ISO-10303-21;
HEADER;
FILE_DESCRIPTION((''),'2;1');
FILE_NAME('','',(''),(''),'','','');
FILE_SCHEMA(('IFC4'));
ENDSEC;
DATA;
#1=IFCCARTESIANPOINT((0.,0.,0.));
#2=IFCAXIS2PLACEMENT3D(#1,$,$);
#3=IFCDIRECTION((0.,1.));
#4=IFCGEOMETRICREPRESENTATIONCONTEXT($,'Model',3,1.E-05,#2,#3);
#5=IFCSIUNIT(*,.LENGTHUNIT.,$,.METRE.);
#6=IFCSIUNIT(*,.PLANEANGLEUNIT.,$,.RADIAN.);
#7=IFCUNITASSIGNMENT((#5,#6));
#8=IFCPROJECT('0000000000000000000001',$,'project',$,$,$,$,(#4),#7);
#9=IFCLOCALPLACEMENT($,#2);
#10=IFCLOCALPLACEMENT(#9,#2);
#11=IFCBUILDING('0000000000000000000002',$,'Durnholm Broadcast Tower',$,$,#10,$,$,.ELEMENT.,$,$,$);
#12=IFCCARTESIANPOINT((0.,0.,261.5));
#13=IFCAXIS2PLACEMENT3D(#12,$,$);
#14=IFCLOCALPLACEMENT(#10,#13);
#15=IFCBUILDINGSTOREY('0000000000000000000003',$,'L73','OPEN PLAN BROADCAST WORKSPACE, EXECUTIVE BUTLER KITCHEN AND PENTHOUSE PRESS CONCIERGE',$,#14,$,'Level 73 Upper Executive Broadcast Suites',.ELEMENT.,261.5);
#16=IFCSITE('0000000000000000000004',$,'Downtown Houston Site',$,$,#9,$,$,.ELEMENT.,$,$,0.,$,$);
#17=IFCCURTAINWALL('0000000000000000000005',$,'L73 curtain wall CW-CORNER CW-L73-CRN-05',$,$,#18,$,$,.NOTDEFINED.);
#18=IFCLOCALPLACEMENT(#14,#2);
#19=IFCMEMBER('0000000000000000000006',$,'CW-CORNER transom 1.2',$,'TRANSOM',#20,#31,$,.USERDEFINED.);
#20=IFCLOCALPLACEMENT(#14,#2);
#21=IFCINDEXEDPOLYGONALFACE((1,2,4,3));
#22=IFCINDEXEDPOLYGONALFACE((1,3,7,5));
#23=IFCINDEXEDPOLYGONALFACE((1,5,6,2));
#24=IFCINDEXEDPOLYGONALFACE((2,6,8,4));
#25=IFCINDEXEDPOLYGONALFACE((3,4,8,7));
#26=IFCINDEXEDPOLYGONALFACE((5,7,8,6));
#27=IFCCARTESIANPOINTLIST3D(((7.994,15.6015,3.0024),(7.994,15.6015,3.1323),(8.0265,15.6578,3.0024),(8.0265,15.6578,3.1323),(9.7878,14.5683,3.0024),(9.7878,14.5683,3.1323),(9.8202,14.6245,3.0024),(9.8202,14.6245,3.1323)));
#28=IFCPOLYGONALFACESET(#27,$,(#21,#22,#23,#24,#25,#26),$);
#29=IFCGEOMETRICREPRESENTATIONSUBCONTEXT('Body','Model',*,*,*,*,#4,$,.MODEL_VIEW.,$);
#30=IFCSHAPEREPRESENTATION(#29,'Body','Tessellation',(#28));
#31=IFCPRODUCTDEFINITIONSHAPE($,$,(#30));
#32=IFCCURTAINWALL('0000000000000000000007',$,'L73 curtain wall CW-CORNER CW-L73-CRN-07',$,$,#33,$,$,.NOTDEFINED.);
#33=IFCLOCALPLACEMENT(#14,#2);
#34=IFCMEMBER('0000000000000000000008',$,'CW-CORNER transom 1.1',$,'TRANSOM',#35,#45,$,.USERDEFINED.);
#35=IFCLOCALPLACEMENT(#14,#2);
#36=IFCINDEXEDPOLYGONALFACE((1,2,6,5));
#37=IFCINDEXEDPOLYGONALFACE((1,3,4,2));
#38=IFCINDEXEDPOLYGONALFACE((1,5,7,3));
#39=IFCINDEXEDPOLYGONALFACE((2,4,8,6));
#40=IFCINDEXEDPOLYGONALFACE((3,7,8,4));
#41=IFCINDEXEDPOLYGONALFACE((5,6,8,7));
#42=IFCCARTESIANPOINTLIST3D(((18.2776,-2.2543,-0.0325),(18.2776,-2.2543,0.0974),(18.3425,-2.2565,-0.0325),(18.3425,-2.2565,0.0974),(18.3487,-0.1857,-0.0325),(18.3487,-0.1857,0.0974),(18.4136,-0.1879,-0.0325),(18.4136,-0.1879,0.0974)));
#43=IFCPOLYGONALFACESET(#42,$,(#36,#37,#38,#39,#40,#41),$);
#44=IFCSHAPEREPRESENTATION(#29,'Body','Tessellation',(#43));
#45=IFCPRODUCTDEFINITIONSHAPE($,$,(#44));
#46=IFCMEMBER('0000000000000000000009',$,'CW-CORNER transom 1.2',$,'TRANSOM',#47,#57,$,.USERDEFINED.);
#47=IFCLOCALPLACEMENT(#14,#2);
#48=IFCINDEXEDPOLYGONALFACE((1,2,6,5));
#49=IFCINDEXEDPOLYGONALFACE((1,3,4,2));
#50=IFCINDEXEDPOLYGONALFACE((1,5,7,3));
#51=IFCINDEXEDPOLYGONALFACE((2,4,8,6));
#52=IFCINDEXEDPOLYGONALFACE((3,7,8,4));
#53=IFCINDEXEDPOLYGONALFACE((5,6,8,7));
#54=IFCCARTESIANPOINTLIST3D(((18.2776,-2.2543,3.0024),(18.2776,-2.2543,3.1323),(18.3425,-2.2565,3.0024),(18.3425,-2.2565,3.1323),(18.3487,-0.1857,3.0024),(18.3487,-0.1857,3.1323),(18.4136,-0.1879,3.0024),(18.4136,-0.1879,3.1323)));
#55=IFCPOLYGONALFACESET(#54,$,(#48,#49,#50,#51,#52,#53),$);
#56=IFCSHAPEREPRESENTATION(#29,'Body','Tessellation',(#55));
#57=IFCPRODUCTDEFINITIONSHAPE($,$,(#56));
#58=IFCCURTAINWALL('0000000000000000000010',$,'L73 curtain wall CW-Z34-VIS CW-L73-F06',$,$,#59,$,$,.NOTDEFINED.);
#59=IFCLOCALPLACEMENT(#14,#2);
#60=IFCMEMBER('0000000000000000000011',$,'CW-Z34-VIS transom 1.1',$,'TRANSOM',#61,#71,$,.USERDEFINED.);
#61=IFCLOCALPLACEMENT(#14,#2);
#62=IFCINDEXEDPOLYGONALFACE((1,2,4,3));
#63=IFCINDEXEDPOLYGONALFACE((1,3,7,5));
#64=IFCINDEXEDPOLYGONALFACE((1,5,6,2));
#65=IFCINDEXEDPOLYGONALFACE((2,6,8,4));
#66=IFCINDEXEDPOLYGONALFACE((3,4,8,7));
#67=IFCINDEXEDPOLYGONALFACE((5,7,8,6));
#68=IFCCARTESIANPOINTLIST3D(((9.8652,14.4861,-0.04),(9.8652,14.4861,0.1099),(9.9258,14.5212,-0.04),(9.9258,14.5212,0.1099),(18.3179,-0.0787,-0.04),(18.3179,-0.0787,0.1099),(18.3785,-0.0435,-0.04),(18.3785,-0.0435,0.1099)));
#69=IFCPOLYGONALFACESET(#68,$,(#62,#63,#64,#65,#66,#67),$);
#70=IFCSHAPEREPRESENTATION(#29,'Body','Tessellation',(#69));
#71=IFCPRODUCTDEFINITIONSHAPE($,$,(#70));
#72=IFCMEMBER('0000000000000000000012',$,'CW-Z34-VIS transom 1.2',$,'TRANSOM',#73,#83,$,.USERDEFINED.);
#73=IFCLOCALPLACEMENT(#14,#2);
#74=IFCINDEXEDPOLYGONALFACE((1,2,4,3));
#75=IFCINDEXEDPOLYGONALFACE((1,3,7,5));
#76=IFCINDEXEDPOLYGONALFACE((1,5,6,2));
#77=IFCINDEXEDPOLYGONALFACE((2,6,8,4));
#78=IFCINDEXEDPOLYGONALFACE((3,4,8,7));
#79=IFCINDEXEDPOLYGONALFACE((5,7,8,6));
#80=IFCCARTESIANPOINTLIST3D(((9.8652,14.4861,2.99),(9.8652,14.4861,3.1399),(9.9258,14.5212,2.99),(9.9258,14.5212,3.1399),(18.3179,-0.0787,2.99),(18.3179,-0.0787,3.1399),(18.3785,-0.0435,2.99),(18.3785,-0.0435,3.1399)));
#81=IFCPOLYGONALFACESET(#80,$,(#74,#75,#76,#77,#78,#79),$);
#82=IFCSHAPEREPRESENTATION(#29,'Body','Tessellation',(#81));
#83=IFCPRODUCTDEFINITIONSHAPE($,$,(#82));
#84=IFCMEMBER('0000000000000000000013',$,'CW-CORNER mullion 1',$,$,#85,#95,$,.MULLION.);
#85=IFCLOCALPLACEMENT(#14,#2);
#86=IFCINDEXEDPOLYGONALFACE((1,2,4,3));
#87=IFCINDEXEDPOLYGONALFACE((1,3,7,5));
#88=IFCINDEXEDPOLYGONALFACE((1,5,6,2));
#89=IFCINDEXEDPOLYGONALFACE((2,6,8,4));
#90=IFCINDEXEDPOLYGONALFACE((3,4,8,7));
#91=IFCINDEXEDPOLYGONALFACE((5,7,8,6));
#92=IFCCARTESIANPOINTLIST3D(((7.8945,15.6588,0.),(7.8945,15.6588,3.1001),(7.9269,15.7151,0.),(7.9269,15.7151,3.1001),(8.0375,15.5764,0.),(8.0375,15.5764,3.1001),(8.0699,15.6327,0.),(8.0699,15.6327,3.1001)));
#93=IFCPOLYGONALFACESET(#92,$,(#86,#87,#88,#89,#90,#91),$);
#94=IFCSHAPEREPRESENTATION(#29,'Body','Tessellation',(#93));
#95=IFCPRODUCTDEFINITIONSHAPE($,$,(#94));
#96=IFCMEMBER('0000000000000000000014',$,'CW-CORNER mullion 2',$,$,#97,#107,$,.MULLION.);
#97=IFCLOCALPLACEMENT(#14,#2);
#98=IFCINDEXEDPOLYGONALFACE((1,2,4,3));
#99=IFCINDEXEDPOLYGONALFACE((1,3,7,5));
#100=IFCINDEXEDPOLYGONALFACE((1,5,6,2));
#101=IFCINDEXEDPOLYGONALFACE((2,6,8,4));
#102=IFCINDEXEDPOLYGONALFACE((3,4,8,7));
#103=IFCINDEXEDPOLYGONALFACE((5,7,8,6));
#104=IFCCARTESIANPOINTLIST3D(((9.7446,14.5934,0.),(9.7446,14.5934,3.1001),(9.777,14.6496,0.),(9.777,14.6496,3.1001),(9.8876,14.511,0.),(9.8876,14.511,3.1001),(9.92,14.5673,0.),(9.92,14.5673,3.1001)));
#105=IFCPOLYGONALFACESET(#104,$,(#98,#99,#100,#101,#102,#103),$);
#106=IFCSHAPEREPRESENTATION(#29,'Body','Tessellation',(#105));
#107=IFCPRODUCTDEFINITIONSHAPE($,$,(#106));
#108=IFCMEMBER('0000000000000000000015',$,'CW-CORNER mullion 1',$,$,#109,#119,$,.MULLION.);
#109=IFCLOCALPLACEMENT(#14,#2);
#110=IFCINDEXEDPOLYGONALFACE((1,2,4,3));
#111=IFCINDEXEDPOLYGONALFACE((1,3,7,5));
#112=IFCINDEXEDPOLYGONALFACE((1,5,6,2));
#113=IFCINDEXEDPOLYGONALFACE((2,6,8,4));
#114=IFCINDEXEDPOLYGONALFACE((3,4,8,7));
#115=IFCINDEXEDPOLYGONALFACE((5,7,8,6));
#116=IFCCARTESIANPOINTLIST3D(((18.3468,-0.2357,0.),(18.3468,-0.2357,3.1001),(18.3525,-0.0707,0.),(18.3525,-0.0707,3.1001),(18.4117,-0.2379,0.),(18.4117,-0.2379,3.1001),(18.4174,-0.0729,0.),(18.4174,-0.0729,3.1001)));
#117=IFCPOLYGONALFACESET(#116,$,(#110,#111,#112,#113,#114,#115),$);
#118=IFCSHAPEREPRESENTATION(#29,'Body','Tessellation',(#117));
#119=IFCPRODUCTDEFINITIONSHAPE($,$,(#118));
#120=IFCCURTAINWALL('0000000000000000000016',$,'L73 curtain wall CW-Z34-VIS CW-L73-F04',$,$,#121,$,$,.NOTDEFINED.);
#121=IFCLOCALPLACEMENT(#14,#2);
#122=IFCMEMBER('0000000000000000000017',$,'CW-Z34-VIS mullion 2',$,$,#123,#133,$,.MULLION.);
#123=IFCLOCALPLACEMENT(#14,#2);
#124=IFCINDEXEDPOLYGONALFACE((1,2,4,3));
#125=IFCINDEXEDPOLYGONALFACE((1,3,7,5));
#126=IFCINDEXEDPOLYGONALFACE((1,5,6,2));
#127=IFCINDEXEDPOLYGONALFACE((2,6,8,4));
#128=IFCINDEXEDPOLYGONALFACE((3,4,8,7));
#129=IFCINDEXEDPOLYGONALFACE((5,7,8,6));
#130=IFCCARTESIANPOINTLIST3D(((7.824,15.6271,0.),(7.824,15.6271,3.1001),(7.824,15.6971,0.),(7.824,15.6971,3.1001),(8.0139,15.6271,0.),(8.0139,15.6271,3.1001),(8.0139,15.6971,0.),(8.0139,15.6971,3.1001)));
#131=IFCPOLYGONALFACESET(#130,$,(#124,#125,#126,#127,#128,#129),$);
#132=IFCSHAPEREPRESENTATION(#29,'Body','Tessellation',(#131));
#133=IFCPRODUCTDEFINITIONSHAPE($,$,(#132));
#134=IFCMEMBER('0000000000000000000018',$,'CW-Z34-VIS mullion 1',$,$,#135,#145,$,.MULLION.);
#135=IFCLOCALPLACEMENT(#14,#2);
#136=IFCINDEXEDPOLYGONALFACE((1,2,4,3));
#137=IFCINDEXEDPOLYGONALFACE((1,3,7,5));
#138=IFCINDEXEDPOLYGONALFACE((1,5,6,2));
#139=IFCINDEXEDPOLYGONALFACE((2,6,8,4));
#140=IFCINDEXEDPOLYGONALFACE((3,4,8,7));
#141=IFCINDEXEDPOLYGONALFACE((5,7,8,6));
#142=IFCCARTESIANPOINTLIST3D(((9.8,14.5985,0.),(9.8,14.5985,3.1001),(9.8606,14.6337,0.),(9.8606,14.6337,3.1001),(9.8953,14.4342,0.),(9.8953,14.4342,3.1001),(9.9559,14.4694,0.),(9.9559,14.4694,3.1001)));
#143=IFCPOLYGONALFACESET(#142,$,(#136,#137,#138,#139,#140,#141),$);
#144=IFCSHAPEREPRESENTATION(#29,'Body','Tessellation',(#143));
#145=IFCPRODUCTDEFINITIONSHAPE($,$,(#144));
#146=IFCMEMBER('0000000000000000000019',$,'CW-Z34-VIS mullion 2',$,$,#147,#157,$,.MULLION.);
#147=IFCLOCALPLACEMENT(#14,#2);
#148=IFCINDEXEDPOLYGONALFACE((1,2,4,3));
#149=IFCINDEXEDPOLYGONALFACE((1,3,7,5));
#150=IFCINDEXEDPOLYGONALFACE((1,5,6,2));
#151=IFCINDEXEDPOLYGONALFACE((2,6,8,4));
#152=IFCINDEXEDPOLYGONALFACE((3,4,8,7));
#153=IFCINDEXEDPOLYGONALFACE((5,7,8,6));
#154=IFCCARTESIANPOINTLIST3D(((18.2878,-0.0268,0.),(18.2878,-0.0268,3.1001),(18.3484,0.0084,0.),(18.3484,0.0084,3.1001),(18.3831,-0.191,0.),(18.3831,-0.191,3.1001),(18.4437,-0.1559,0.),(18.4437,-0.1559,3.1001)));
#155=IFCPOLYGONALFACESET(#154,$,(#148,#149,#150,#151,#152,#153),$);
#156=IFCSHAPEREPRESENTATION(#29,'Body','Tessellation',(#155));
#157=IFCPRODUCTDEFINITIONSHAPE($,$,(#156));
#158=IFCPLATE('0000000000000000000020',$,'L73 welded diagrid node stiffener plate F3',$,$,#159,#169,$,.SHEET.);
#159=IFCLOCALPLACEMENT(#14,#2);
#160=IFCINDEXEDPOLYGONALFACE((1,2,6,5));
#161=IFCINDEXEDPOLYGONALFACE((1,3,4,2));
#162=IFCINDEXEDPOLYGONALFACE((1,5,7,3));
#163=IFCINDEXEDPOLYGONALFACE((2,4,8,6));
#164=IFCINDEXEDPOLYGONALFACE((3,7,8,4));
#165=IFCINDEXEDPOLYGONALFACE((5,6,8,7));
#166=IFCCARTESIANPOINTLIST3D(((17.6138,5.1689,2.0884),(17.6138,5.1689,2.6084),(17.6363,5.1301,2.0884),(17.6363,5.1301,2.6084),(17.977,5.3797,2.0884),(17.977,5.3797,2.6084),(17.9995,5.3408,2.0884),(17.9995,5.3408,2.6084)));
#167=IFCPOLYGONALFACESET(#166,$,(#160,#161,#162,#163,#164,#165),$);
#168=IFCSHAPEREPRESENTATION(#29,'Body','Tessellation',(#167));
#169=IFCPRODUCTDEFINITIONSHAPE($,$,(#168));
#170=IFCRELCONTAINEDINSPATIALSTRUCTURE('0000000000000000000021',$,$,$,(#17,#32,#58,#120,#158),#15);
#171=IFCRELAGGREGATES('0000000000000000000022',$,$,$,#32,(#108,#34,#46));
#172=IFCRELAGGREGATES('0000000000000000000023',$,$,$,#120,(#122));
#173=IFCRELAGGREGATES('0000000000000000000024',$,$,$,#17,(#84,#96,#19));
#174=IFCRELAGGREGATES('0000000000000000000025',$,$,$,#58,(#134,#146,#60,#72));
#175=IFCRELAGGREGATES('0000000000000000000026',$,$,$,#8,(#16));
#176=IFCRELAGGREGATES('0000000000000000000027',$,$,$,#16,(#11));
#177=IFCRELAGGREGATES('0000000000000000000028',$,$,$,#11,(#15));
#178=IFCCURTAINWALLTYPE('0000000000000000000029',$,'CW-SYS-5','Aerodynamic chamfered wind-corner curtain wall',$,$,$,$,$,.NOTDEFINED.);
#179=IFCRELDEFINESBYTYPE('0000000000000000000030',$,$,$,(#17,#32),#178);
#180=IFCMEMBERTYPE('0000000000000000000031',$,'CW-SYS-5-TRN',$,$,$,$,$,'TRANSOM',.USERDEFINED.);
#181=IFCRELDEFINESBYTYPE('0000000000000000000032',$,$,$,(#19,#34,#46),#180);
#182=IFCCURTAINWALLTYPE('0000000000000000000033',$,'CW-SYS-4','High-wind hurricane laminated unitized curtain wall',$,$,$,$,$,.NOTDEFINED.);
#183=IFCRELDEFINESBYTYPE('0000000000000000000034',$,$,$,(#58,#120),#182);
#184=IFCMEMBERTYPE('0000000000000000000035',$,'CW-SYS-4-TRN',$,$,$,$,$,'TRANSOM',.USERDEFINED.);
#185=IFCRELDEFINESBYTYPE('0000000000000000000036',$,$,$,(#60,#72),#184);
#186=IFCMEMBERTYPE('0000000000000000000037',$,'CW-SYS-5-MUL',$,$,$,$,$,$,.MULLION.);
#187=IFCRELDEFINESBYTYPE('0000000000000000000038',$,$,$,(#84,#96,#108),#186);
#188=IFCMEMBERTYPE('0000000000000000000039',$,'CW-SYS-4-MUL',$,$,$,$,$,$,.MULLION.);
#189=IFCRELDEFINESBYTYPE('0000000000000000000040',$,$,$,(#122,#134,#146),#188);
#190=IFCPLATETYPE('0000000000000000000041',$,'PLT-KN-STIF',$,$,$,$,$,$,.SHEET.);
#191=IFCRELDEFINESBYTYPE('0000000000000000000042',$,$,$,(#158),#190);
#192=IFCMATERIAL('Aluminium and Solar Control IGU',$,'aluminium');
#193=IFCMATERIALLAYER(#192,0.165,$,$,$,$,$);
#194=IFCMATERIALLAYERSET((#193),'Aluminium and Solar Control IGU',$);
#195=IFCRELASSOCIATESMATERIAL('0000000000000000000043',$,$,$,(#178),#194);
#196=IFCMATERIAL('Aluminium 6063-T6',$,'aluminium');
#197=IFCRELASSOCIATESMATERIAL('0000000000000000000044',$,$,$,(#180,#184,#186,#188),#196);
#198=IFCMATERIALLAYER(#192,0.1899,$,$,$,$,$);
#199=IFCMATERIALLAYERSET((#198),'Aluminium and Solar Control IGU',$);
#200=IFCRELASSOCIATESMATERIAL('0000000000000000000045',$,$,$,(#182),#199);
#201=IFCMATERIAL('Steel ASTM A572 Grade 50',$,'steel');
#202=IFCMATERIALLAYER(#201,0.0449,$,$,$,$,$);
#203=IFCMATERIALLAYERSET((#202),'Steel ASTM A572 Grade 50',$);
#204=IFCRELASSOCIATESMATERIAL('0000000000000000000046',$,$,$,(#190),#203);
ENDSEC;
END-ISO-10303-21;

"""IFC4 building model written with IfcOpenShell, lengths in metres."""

from ifc_helpers import new_model, si_unit, direction, frame, origin, origin_2d, place, context, subcontext, project, spatial, rectangle, extrude, source, transform, mapped, material, layer, layer_set, material_profile, profile_set, type_object, type_shapes, element, aggregate, save


model = new_model("IFC4")

# Units and contexts
model_context = context("Model", 3, precision=1e-05, world=origin(), true_north=direction((0.0, 1.0)))
body_context = subcontext(model_context, "Body", "Model", "MODEL_VIEW")
ifc_project = project(units=[si_unit("LENGTHUNIT", "METRE"), si_unit("PLANEANGLEUNIT", "RADIAN")], contexts=[model_context])

# Site, building, storey
site_placement = place(None, origin())
site = spatial("IfcSite", under=ifc_project, at=site_placement, Name="Downtown Houston Site", CompositionType="ELEMENT", RefElevation=0.0)
building_placement = place(site_placement, origin())
building = spatial("IfcBuilding", under=site, at=building_placement, Name="Durnholm Broadcast Tower", CompositionType="ELEMENT")
storey_placement = place(building_placement, frame((0.0, 0.0, 261.5)))
storey = spatial("IfcBuildingStorey", under=building, at=storey_placement, Name="L73", Description="OPEN PLAN BROADCAST WORKSPACE, EXECUTIVE BUTLER KITCHEN AND PENTHOUSE PRESS CONCIERGE", LongName="Level 73 Upper Executive Broadcast Suites", CompositionType="ELEMENT", Elevation=261.5)

# Curtain walls, members
ifc_material_1 = material(Name="Aluminium and Solar Control IGU", Category="aluminium")
ifc_layer_1 = layer(ifc_material_1, 0.165)
ifc_layer_set_1 = layer_set([ifc_layer_1], Name="Aluminium and Solar Control IGU")
curtain_wall_type_1 = type_object("IfcCurtainWallType", Name="CW-SYS-5", Description="Aerodynamic chamfered wind-corner curtain wall", PredefinedType="NOTDEFINED", material=ifc_layer_set_1)
curtain_wall_1_placement = place(storey_placement, origin())
curtain_wall_1 = element("IfcCurtainWall", 1, at=curtain_wall_1_placement, inside=storey, type_object=curtain_wall_type_1, Name="L73 curtain wall CW-CORNER CW-L73-CRN-05", PredefinedType="NOTDEFINED")
ifc_material_2 = material(Name="Aluminium 6063-T6", Category="aluminium")
ifc_material_profile_1 = material_profile(ifc_material_2, rectangle(XDim=0.0649, YDim=0.1299, at=origin_2d()), Name="CWT65X130")
ifc_profile_set_1 = profile_set([ifc_material_profile_1], Name="Aluminium 6063-T6")
member_type_1 = type_object("IfcMemberType", Name="CW-SYS-5-TRN", ElementType="TRANSOM", PredefinedType="USERDEFINED", material=ifc_profile_set_1)
shared_shape_1 = source(origin(), body_context, "Body", "SweptSolid", [
    extrude(rectangle(XDim=0.0649, YDim=0.1299, at=origin_2d()), origin(), (0.0, 0.0, 1.0), 2.0701),
])
member_1_placement = place(storey_placement, frame((8.0103, 15.6296, 3.0674), z_axis=(0.866525, -0.499134, 0.0), x_axis=(0.499134, 0.866525, 0.0)))
member_1 = element("IfcMember", 2, at=member_1_placement, type_object=member_type_1, Name="CW-CORNER transom 1.2", ObjectType="TRANSOM", PredefinedType="USERDEFINED", context=body_context, shape_type="MappedRepresentation", body=[
    mapped(shared_shape_1, transform((0.0, 0.0, 0.0), x_axis=(1.0, 0.0, 0.0), y_axis=(0.0, 1.0, 0.0), z_axis=(0.0, 0.0, 1.0), scale=1.0)),
])
curtain_wall_2_placement = place(storey_placement, origin())
curtain_wall_2 = element("IfcCurtainWall", 3, at=curtain_wall_2_placement, inside=storey, type_object=curtain_wall_type_1, Name="L73 curtain wall CW-CORNER CW-L73-CRN-07", PredefinedType="NOTDEFINED")
shared_shape_2 = source(origin(), body_context, "Body", "SweptSolid", [
    extrude(rectangle(XDim=0.0649, YDim=0.1299, at=origin_2d()), origin(), (0.0, 0.0, 1.0), 2.0698),
])
type_shapes(member_type_1, [shared_shape_1, shared_shape_2])
member_2_placement = place(storey_placement, frame((18.3811, -0.1868, 0.0325), z_axis=(-0.034324, -0.999411, 0.0), x_axis=(0.999411, -0.034324, 0.0)))
member_2 = element("IfcMember", 4, at=member_2_placement, type_object=member_type_1, Name="CW-CORNER transom 1.1", ObjectType="TRANSOM", PredefinedType="USERDEFINED", context=body_context, shape_type="MappedRepresentation", body=[
    mapped(shared_shape_2, transform((0.0, 0.0, 0.0), x_axis=(1.0, 0.0, 0.0), y_axis=(0.0, 1.0, 0.0), z_axis=(0.0, 0.0, 1.0), scale=1.0)),
])
member_3_placement = place(storey_placement, frame((18.3811, -0.1868, 3.0674), z_axis=(-0.034324, -0.999411, 0.0), x_axis=(0.999411, -0.034324, 0.0)))
member_3 = element("IfcMember", 5, at=member_3_placement, type_object=member_type_1, Name="CW-CORNER transom 1.2", ObjectType="TRANSOM", PredefinedType="USERDEFINED", context=body_context, shape_type="MappedRepresentation", body=[
    mapped(shared_shape_2, transform((0.0, 0.0, 0.0), x_axis=(1.0, 0.0, 0.0), y_axis=(0.0, 1.0, 0.0), z_axis=(0.0, 0.0, 1.0), scale=1.0)),
])
ifc_layer_2 = layer(ifc_material_1, 0.1899)
ifc_layer_set_2 = layer_set([ifc_layer_2], Name="Aluminium and Solar Control IGU")
curtain_wall_type_2 = type_object("IfcCurtainWallType", Name="CW-SYS-4", Description="High-wind hurricane laminated unitized curtain wall", PredefinedType="NOTDEFINED", material=ifc_layer_set_2)
curtain_wall_3_placement = place(storey_placement, origin())
curtain_wall_3 = element("IfcCurtainWall", 6, at=curtain_wall_3_placement, inside=storey, type_object=curtain_wall_type_2, Name="L73 curtain wall CW-Z34-VIS CW-L73-F06", PredefinedType="NOTDEFINED")
ifc_material_profile_2 = material_profile(ifc_material_2, rectangle(XDim=0.0701, YDim=0.1499, at=origin_2d()), Name="CWT70X150")
ifc_profile_set_2 = profile_set([ifc_material_profile_2], Name="Aluminium 6063-T6")
member_type_2 = type_object("IfcMemberType", Name="CW-SYS-4-TRN", ElementType="TRANSOM", PredefinedType="USERDEFINED", material=ifc_profile_set_2)
shared_shape_3 = source(origin(), body_context, "Body", "SweptSolid", [
    extrude(rectangle(XDim=0.0701, YDim=0.1499, at=origin_2d()), origin(), (0.0, 0.0, 1.0), 16.8398),
])
type_shapes(member_type_2, [shared_shape_3])
member_4_placement = place(storey_placement, frame((9.8955, 14.5037, 0.0349), z_axis=(0.501945, -0.864899, 0.0), x_axis=(0.864899, 0.501945, 0.0)))
member_4 = element("IfcMember", 7, at=member_4_placement, type_object=member_type_2, Name="CW-Z34-VIS transom 1.1", ObjectType="TRANSOM", PredefinedType="USERDEFINED", context=body_context, shape_type="MappedRepresentation", body=[
    mapped(shared_shape_3, transform((0.0, 0.0, 0.0), x_axis=(1.0, 0.0, 0.0), y_axis=(0.0, 1.0, 0.0), z_axis=(0.0, 0.0, 1.0), scale=1.0)),
])
member_5_placement = place(storey_placement, frame((9.8955, 14.5037, 3.0649), z_axis=(0.501945, -0.864899, 0.0), x_axis=(0.864899, 0.501945, 0.0)))
member_5 = element("IfcMember", 8, at=member_5_placement, type_object=member_type_2, Name="CW-Z34-VIS transom 1.2", ObjectType="TRANSOM", PredefinedType="USERDEFINED", context=body_context, shape_type="MappedRepresentation", body=[
    mapped(shared_shape_3, transform((0.0, 0.0, 0.0), x_axis=(1.0, 0.0, 0.0), y_axis=(0.0, 1.0, 0.0), z_axis=(0.0, 0.0, 1.0), scale=1.0)),
])

# Members
ifc_material_profile_3 = material_profile(ifc_material_2, rectangle(XDim=0.0649, YDim=0.165, at=origin_2d()), Name="CWM65X165")
ifc_profile_set_3 = profile_set([ifc_material_profile_3], Name="Aluminium 6063-T6")
member_type_3 = type_object("IfcMemberType", Name="CW-SYS-5-MUL", PredefinedType="MULLION", material=ifc_profile_set_3)
shared_shape_4 = source(origin(), body_context, "Body", "SweptSolid", [
    extrude(rectangle(XDim=0.0649, YDim=0.165, at=origin_2d()), origin(), (0.0, 0.0, 1.0), 3.1001),
])
type_shapes(member_type_3, [shared_shape_4])
member_6_placement = place(storey_placement, frame((7.9822, 15.6458, 0.0), z_axis=(0.0, 0.0, 1.0), x_axis=(0.499059, 0.866568, 0.0)))
member_6 = element("IfcMember", 9, at=member_6_placement, type_object=member_type_3, Name="CW-CORNER mullion 1", PredefinedType="MULLION", context=body_context, shape_type="MappedRepresentation", body=[
    mapped(shared_shape_4, transform((0.0, 0.0, 0.0), x_axis=(1.0, 0.0, 0.0), y_axis=(0.0, 1.0, 0.0), z_axis=(0.0, 0.0, 1.0), scale=1.0)),
])
member_7_placement = place(storey_placement, frame((9.8323, 14.5803, 0.0), z_axis=(0.0, 0.0, 1.0), x_axis=(0.499059, 0.866568, 0.0)))
member_7 = element("IfcMember", 10, at=member_7_placement, type_object=member_type_3, Name="CW-CORNER mullion 2", PredefinedType="MULLION", context=body_context, shape_type="MappedRepresentation", body=[
    mapped(shared_shape_4, transform((0.0, 0.0, 0.0), x_axis=(1.0, 0.0, 0.0), y_axis=(0.0, 1.0, 0.0), z_axis=(0.0, 0.0, 1.0), scale=1.0)),
])
member_8_placement = place(storey_placement, frame((18.3821, -0.1543, 0.0), z_axis=(0.0, 0.0, 1.0), x_axis=(0.999411, -0.034318, 0.0)))
member_8 = element("IfcMember", 11, at=member_8_placement, type_object=member_type_3, Name="CW-CORNER mullion 1", PredefinedType="MULLION", context=body_context, shape_type="MappedRepresentation", body=[
    mapped(shared_shape_4, transform((0.0, 0.0, 0.0), x_axis=(1.0, 0.0, 0.0), y_axis=(0.0, 1.0, 0.0), z_axis=(0.0, 0.0, 1.0), scale=1.0)),
])
aggregate(curtain_wall_2, [member_8, member_2, member_3])

# Curtain wall, member
curtain_wall_4_placement = place(storey_placement, origin())
curtain_wall_4 = element("IfcCurtainWall", 12, at=curtain_wall_4_placement, inside=storey, type_object=curtain_wall_type_2, Name="L73 curtain wall CW-Z34-VIS CW-L73-F04", PredefinedType="NOTDEFINED")
ifc_material_profile_4 = material_profile(ifc_material_2, rectangle(XDim=0.0701, YDim=0.1899, at=origin_2d()), Name="CWM70X190")
ifc_profile_set_4 = profile_set([ifc_material_profile_4], Name="Aluminium 6063-T6")
member_type_4 = type_object("IfcMemberType", Name="CW-SYS-4-MUL", PredefinedType="MULLION", material=ifc_profile_set_4)
shared_shape_5 = source(origin(), body_context, "Body", "SweptSolid", [
    extrude(rectangle(XDim=0.0701, YDim=0.1899, at=origin_2d()), origin(), (0.0, 0.0, 1.0), 3.1001),
])
type_shapes(member_type_4, [shared_shape_5])
member_9_placement = place(storey_placement, frame((7.9189, 15.6621, 0.0), z_axis=(0.0, 0.0, 1.0), x_axis=(0.0, 1.0, 0.0)))
member_9 = element("IfcMember", 13, at=member_9_placement, type_object=member_type_4, Name="CW-Z34-VIS mullion 2", PredefinedType="MULLION", context=body_context, shape_type="MappedRepresentation", body=[
    mapped(shared_shape_5, transform((0.0, 0.0, 0.0), x_axis=(1.0, 0.0, 0.0), y_axis=(0.0, 1.0, 0.0), z_axis=(0.0, 0.0, 1.0), scale=1.0)),
])
aggregate(curtain_wall_4, [member_9])

# Members
member_10_placement = place(storey_placement, frame((9.8779, 14.5339, 0.0), z_axis=(0.0, 0.0, 1.0), x_axis=(0.8649, 0.501944, 0.0)))
member_10 = element("IfcMember", 14, at=member_10_placement, type_object=member_type_4, Name="CW-Z34-VIS mullion 1", PredefinedType="MULLION", context=body_context, shape_type="MappedRepresentation", body=[
    mapped(shared_shape_5, transform((0.0, 0.0, 0.0), x_axis=(1.0, 0.0, 0.0), y_axis=(0.0, 1.0, 0.0), z_axis=(0.0, 0.0, 1.0), scale=1.0)),
])
member_11_placement = place(storey_placement, frame((18.3657, -0.0913, 0.0), z_axis=(0.0, 0.0, 1.0), x_axis=(0.8649, 0.501944, 0.0)))
member_11 = element("IfcMember", 15, at=member_11_placement, type_object=member_type_4, Name="CW-Z34-VIS mullion 2", PredefinedType="MULLION", context=body_context, shape_type="MappedRepresentation", body=[
    mapped(shared_shape_5, transform((0.0, 0.0, 0.0), x_axis=(1.0, 0.0, 0.0), y_axis=(0.0, 1.0, 0.0), z_axis=(0.0, 0.0, 1.0), scale=1.0)),
])

# Plate
ifc_material_3 = material(Name="Steel ASTM A572 Grade 50", Category="steel")
ifc_layer_3 = layer(ifc_material_3, 0.0449)
ifc_layer_set_3 = layer_set([ifc_layer_3], Name="Steel ASTM A572 Grade 50")
plate_type_1 = type_object("IfcPlateType", Name="PLT-KN-STIF", PredefinedType="SHEET", material=ifc_layer_set_3)
shared_shape_6 = source(origin(), body_context, "Body", "SweptSolid", [
    extrude(rectangle(XDim=0.0449, YDim=0.4199, at=origin_2d()), origin(), (0.0, 0.0, 1.0), 0.52),
])
type_shapes(plate_type_1, [shared_shape_6])
plate_1_placement = place(storey_placement, frame((17.8066, 5.2549, 2.0884), z_axis=(0.0, 0.0, 1.0), x_axis=(-0.501964, 0.864889, 0.0)))
element("IfcPlate", 16, at=plate_1_placement, inside=storey, type_object=plate_type_1, Name="L73 welded diagrid node stiffener plate F3", PredefinedType="SHEET", context=body_context, shape_type="MappedRepresentation", body=[
    mapped(shared_shape_6, transform((0.0, 0.0, 0.0), x_axis=(1.0, 0.0, 0.0), y_axis=(0.0, 1.0, 0.0), z_axis=(0.0, 0.0, 1.0), scale=1.0)),
])

aggregate(curtain_wall_1, [member_6, member_7, member_1])
aggregate(curtain_wall_3, [member_10, member_11, member_4, member_5])

save(model, "model.ifc")
